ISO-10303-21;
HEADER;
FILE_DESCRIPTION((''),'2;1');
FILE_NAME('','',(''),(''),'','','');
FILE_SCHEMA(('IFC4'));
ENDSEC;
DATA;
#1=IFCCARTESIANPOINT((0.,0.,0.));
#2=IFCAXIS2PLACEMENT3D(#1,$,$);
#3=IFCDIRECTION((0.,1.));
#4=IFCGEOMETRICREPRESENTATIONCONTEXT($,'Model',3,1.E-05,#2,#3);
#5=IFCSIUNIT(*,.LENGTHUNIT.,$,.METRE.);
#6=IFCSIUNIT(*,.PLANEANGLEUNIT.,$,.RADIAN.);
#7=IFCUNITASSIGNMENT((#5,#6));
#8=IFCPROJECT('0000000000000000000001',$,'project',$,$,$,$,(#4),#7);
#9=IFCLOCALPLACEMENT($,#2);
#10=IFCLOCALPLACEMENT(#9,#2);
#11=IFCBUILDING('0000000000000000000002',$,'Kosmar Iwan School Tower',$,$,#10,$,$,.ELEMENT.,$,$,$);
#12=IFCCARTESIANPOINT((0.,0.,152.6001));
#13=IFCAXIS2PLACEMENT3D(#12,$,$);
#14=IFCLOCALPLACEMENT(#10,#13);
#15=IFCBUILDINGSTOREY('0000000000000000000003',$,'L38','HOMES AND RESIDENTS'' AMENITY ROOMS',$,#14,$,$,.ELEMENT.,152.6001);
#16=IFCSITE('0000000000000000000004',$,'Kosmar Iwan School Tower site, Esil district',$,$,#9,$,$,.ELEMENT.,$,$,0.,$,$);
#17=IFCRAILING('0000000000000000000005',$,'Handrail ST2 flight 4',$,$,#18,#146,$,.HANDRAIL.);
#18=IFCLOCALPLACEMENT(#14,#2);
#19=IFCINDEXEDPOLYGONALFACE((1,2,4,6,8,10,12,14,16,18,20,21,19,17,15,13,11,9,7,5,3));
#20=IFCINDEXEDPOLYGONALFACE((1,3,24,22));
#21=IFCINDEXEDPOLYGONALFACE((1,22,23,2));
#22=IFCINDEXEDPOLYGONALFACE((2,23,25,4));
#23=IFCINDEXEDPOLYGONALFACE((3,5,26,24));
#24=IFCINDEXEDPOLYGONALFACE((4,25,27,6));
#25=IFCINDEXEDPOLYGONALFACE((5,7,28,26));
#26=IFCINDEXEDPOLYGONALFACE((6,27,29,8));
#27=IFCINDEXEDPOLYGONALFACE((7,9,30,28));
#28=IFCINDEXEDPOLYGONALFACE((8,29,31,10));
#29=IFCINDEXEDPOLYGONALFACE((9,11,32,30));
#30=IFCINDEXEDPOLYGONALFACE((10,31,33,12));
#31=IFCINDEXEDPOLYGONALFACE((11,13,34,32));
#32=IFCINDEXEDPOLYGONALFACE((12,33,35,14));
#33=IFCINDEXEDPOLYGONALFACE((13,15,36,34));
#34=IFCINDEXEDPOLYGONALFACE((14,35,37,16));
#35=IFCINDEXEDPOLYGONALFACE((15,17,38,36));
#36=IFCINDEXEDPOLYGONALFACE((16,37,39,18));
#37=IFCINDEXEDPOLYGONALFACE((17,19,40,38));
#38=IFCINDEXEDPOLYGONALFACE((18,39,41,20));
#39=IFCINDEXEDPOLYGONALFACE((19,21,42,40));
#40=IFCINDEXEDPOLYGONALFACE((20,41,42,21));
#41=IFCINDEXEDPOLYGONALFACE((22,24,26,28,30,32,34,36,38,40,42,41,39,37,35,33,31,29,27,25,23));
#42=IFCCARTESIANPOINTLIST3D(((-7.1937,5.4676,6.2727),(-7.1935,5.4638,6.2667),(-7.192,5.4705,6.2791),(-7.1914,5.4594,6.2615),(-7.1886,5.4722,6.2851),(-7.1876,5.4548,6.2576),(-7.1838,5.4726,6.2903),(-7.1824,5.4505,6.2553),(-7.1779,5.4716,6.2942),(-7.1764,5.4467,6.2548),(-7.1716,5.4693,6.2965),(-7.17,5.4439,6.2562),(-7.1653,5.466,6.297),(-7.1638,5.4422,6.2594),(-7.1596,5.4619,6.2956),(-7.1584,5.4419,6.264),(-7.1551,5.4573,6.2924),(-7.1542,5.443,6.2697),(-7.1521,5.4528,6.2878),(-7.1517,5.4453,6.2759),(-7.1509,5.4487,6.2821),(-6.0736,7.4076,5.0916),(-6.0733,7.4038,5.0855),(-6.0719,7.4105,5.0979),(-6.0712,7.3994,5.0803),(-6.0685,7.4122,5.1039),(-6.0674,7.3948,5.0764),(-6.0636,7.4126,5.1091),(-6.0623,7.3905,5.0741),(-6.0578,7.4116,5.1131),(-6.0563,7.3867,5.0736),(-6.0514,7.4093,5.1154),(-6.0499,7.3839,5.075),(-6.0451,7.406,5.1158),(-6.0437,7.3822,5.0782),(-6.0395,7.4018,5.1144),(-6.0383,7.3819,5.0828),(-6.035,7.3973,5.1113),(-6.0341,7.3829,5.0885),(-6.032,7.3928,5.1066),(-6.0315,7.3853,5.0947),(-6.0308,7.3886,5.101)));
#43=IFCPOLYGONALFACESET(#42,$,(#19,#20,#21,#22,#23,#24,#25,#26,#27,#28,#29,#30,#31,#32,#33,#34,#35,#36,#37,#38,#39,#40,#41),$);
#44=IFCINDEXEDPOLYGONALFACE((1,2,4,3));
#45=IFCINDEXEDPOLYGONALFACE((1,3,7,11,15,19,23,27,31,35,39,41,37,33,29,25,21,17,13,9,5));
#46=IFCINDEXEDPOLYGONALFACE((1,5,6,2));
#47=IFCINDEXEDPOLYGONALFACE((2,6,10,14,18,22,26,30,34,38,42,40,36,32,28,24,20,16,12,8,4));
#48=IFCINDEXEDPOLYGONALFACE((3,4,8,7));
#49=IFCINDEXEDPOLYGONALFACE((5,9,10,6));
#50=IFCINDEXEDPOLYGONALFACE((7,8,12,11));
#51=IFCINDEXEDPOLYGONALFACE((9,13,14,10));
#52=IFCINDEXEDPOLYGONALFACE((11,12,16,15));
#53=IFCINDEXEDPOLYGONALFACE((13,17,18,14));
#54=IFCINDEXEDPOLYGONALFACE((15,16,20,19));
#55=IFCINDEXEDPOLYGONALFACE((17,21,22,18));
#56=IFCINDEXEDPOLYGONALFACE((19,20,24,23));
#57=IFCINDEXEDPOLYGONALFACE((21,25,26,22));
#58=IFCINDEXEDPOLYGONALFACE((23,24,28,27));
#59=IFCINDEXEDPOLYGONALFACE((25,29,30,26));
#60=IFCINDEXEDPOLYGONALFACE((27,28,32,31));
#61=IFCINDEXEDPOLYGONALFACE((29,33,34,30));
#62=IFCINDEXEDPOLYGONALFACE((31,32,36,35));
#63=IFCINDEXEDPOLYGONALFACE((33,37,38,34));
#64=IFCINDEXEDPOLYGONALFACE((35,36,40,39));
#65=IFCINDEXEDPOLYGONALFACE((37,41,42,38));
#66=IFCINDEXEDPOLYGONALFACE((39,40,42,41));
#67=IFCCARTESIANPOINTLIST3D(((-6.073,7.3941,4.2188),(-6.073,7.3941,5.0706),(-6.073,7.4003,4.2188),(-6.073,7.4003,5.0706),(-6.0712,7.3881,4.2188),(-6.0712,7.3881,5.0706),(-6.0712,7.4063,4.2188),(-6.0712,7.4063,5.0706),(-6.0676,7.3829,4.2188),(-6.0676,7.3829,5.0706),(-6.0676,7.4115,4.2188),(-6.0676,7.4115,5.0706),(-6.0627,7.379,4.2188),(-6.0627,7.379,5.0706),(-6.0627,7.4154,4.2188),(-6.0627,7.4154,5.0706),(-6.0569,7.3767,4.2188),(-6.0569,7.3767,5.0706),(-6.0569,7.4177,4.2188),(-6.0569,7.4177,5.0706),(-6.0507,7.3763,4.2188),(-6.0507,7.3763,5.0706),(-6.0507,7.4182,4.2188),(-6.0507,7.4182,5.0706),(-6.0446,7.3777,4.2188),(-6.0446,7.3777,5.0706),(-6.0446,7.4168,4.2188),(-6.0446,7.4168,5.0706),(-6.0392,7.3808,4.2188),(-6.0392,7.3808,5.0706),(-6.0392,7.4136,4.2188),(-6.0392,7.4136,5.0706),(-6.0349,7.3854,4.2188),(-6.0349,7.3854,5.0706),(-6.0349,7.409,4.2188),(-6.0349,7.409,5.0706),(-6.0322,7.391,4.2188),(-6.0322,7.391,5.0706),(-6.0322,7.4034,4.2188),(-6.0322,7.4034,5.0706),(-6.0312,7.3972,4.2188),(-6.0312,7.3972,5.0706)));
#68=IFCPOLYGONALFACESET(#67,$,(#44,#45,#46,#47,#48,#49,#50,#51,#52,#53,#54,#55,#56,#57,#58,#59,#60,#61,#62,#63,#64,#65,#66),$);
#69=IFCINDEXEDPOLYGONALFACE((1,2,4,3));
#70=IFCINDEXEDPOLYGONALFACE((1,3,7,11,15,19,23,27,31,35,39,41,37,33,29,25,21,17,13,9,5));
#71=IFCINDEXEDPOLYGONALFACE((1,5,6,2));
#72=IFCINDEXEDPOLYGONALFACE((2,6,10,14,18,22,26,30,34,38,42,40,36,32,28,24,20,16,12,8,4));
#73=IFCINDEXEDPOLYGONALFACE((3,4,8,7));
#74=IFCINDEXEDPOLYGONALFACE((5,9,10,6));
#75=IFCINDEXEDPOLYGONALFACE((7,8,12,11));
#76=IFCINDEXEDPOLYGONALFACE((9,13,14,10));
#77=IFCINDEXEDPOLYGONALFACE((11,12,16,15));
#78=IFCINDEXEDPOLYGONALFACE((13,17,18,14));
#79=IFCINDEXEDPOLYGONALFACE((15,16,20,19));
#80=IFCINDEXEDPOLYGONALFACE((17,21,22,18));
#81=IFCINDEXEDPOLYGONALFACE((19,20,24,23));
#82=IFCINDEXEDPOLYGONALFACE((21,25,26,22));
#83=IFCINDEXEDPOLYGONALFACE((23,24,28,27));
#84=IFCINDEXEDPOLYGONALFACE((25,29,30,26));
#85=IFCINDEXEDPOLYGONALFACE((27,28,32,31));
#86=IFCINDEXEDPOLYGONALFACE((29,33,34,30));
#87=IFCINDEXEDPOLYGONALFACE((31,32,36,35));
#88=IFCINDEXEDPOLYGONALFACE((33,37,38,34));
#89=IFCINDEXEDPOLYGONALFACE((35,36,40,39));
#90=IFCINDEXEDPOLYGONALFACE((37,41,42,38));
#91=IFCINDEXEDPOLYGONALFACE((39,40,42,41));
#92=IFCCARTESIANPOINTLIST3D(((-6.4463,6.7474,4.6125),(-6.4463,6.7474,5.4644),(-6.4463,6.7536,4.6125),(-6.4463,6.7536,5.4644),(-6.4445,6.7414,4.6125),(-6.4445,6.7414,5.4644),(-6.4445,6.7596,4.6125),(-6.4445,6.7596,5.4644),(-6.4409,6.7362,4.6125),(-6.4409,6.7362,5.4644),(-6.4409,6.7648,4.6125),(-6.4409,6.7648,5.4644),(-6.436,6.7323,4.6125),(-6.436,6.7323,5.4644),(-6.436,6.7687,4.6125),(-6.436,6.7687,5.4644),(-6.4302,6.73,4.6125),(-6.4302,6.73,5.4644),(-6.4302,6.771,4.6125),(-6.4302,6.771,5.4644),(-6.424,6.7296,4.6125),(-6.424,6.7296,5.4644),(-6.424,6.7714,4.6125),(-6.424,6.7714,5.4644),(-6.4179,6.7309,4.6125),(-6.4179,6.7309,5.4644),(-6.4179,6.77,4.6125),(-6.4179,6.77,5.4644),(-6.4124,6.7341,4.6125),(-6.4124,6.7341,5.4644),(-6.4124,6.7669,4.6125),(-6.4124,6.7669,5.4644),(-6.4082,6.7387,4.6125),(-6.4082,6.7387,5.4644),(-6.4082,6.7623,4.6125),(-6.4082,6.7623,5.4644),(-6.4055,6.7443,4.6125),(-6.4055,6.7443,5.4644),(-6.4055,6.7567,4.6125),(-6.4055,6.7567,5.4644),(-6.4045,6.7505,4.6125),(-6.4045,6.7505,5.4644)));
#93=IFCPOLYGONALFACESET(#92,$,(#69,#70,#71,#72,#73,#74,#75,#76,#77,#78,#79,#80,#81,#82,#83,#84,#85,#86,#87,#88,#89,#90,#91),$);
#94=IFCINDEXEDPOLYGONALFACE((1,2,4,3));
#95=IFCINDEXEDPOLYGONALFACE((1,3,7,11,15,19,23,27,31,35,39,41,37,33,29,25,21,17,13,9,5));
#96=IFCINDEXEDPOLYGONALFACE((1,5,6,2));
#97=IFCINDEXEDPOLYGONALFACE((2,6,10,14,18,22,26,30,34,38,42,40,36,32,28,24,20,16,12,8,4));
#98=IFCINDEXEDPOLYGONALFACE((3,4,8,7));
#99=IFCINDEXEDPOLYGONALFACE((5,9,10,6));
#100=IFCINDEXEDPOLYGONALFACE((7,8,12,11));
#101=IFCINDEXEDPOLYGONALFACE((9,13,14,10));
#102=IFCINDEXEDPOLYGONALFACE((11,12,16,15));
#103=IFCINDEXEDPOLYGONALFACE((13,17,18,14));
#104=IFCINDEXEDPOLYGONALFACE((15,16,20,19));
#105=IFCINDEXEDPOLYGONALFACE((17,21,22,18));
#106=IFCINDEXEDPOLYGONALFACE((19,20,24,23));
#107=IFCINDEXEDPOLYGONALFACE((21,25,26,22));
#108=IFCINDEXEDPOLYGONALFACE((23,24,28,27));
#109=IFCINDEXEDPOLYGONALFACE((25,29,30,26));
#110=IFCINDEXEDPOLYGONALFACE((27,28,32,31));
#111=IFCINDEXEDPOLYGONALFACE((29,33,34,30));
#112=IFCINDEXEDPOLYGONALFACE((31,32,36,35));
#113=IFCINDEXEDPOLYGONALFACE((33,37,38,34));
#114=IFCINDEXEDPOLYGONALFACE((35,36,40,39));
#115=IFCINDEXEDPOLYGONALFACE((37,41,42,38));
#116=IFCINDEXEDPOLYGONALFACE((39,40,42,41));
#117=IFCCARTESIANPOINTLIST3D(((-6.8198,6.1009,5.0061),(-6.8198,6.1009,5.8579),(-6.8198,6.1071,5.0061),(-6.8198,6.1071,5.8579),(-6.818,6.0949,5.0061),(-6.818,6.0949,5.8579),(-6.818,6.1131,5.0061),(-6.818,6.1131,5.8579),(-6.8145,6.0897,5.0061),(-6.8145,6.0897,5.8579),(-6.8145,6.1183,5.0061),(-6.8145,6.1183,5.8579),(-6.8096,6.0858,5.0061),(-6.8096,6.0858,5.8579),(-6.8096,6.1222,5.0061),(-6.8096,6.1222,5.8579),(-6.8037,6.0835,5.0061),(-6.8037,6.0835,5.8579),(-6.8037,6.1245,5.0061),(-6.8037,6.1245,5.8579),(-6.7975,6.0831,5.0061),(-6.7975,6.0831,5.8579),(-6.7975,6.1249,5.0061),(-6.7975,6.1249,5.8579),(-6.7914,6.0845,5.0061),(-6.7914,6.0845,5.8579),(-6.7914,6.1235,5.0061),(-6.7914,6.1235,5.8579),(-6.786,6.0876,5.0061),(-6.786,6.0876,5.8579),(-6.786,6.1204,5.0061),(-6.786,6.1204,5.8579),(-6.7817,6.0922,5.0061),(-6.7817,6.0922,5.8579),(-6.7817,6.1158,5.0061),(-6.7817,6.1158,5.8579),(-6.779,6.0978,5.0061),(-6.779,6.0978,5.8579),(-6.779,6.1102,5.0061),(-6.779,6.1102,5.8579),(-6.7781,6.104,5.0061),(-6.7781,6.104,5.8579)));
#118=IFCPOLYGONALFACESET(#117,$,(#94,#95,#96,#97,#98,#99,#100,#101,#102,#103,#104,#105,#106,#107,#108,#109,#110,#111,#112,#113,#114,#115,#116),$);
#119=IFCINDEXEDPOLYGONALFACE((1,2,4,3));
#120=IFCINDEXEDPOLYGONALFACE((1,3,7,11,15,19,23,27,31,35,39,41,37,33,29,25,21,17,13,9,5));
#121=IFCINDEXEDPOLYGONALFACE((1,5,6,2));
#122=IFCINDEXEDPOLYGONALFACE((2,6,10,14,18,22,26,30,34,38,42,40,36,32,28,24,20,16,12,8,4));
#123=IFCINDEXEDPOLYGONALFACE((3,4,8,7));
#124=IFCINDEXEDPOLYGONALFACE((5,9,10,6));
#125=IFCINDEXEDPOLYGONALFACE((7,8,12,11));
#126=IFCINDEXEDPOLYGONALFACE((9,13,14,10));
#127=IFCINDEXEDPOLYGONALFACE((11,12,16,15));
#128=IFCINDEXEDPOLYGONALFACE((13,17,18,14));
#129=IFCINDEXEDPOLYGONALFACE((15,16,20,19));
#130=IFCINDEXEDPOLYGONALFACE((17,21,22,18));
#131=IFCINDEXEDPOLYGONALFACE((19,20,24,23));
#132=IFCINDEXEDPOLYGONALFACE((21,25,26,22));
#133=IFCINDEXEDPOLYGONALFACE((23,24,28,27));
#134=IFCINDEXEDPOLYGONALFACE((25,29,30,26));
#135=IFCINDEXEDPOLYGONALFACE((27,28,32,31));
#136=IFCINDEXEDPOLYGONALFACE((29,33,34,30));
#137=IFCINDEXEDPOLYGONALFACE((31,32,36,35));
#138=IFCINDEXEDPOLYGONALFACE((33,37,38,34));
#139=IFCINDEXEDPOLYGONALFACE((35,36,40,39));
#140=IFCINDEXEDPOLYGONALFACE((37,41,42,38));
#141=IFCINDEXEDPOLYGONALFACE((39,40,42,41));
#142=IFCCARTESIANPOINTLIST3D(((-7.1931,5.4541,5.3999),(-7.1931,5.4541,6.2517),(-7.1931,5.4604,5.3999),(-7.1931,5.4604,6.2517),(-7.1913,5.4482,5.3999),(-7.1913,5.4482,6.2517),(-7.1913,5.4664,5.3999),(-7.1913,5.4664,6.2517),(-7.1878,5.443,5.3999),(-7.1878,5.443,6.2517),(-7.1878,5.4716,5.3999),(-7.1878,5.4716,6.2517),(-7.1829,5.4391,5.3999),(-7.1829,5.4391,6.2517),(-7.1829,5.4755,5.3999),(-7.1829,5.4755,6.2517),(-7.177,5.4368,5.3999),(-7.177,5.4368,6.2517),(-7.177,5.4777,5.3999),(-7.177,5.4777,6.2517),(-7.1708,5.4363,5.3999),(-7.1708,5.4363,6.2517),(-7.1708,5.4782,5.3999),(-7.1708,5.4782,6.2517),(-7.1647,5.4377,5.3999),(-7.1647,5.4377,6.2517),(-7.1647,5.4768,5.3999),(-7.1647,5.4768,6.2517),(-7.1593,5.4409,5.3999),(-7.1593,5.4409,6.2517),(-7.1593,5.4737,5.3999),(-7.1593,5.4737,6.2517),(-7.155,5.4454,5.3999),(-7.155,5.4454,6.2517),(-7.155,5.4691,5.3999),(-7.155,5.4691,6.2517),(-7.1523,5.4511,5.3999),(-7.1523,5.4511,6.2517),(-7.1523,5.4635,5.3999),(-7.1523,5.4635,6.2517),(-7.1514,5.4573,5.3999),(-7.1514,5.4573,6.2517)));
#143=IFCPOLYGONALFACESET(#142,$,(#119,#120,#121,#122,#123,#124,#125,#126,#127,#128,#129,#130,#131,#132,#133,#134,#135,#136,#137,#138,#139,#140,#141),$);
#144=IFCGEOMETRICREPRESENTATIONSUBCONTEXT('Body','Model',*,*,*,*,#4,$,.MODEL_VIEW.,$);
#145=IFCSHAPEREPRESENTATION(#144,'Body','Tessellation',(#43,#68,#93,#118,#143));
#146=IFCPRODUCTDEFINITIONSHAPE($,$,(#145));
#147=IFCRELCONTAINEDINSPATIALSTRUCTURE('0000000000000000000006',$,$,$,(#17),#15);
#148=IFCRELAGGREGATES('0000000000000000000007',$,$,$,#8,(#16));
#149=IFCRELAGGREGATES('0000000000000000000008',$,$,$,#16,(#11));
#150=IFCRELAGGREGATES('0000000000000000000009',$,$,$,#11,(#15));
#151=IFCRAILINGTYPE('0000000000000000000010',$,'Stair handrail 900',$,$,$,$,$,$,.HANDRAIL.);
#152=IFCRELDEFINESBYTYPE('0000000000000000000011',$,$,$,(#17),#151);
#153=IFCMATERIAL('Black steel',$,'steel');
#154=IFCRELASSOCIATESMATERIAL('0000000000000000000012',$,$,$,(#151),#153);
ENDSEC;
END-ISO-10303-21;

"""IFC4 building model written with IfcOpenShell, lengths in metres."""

from ifc_helpers import new_model, si_unit, direction, frame, origin, origin_2d, place, context, subcontext, project, spatial, circle, extrude, material, type_object, element, save


model = new_model("IFC4")

# Units and contexts
model_context = context("Model", 3, precision=1e-05, world=origin(), true_north=direction((0.0, 1.0)))
body_context = subcontext(model_context, "Body", "Model", "MODEL_VIEW")
ifc_project = project(units=[si_unit("LENGTHUNIT", "METRE"), si_unit("PLANEANGLEUNIT", "RADIAN")], contexts=[model_context])

# Site, building, storey
site_placement = place(None, origin())
site = spatial("IfcSite", under=ifc_project, at=site_placement, Name="Kosmar Iwan School Tower site, Esil district", CompositionType="ELEMENT", RefElevation=0.0)
building_placement = place(site_placement, origin())
building = spatial("IfcBuilding", under=site, at=building_placement, Name="Kosmar Iwan School Tower", CompositionType="ELEMENT")
storey_placement = place(building_placement, frame((0.0, 0.0, 152.6001)))
storey = spatial("IfcBuildingStorey", under=building, at=storey_placement, Name="L38", Description="HOMES AND RESIDENTS' AMENITY ROOMS", CompositionType="ELEMENT", Elevation=152.6001)

# Railing
ifc_material_1 = material(Name="Black steel", Category="steel")
railing_type = type_object("IfcRailingType", Name="Stair handrail 900", PredefinedType="HANDRAIL", material=ifc_material_1)
railing_1_placement = place(storey_placement, frame((-6.0522, 7.3972, 4.2188)))
element("IfcRailing", 1, at=railing_1_placement, inside=storey, type_object=railing_type, Name="Handrail ST2 flight 4", PredefinedType="HANDRAIL", context=body_context, shape_type="SweptSolid", body=[
    extrude(circle(Radius=0.0239, at=origin_2d()), frame((0.0, 0.0, 0.876), z_axis=(-0.442311, -0.766042, 0.466412), x_axis=(0.866008, -0.500031, 0.0)), (0.0, 0.0, 1.0), 2.5325),
    extrude(circle(Radius=0.021, at=origin_2d()), origin(), (0.0, 0.0, 1.0), 0.8518),
    extrude(circle(Radius=0.021, at=origin_2d()), frame((-0.3733, -0.6467, 0.3938)), (0.0, 0.0, 1.0), 0.8518),
    extrude(circle(Radius=0.021, at=origin_2d()), frame((-0.7468, -1.2932, 0.7874)), (0.0, 0.0, 1.0), 0.8518),
    extrude(circle(Radius=0.021, at=origin_2d()), frame((-1.1201, -1.9399, 1.1812)), (0.0, 0.0, 1.0), 0.8518),
])

save(model, "model.ifc")
